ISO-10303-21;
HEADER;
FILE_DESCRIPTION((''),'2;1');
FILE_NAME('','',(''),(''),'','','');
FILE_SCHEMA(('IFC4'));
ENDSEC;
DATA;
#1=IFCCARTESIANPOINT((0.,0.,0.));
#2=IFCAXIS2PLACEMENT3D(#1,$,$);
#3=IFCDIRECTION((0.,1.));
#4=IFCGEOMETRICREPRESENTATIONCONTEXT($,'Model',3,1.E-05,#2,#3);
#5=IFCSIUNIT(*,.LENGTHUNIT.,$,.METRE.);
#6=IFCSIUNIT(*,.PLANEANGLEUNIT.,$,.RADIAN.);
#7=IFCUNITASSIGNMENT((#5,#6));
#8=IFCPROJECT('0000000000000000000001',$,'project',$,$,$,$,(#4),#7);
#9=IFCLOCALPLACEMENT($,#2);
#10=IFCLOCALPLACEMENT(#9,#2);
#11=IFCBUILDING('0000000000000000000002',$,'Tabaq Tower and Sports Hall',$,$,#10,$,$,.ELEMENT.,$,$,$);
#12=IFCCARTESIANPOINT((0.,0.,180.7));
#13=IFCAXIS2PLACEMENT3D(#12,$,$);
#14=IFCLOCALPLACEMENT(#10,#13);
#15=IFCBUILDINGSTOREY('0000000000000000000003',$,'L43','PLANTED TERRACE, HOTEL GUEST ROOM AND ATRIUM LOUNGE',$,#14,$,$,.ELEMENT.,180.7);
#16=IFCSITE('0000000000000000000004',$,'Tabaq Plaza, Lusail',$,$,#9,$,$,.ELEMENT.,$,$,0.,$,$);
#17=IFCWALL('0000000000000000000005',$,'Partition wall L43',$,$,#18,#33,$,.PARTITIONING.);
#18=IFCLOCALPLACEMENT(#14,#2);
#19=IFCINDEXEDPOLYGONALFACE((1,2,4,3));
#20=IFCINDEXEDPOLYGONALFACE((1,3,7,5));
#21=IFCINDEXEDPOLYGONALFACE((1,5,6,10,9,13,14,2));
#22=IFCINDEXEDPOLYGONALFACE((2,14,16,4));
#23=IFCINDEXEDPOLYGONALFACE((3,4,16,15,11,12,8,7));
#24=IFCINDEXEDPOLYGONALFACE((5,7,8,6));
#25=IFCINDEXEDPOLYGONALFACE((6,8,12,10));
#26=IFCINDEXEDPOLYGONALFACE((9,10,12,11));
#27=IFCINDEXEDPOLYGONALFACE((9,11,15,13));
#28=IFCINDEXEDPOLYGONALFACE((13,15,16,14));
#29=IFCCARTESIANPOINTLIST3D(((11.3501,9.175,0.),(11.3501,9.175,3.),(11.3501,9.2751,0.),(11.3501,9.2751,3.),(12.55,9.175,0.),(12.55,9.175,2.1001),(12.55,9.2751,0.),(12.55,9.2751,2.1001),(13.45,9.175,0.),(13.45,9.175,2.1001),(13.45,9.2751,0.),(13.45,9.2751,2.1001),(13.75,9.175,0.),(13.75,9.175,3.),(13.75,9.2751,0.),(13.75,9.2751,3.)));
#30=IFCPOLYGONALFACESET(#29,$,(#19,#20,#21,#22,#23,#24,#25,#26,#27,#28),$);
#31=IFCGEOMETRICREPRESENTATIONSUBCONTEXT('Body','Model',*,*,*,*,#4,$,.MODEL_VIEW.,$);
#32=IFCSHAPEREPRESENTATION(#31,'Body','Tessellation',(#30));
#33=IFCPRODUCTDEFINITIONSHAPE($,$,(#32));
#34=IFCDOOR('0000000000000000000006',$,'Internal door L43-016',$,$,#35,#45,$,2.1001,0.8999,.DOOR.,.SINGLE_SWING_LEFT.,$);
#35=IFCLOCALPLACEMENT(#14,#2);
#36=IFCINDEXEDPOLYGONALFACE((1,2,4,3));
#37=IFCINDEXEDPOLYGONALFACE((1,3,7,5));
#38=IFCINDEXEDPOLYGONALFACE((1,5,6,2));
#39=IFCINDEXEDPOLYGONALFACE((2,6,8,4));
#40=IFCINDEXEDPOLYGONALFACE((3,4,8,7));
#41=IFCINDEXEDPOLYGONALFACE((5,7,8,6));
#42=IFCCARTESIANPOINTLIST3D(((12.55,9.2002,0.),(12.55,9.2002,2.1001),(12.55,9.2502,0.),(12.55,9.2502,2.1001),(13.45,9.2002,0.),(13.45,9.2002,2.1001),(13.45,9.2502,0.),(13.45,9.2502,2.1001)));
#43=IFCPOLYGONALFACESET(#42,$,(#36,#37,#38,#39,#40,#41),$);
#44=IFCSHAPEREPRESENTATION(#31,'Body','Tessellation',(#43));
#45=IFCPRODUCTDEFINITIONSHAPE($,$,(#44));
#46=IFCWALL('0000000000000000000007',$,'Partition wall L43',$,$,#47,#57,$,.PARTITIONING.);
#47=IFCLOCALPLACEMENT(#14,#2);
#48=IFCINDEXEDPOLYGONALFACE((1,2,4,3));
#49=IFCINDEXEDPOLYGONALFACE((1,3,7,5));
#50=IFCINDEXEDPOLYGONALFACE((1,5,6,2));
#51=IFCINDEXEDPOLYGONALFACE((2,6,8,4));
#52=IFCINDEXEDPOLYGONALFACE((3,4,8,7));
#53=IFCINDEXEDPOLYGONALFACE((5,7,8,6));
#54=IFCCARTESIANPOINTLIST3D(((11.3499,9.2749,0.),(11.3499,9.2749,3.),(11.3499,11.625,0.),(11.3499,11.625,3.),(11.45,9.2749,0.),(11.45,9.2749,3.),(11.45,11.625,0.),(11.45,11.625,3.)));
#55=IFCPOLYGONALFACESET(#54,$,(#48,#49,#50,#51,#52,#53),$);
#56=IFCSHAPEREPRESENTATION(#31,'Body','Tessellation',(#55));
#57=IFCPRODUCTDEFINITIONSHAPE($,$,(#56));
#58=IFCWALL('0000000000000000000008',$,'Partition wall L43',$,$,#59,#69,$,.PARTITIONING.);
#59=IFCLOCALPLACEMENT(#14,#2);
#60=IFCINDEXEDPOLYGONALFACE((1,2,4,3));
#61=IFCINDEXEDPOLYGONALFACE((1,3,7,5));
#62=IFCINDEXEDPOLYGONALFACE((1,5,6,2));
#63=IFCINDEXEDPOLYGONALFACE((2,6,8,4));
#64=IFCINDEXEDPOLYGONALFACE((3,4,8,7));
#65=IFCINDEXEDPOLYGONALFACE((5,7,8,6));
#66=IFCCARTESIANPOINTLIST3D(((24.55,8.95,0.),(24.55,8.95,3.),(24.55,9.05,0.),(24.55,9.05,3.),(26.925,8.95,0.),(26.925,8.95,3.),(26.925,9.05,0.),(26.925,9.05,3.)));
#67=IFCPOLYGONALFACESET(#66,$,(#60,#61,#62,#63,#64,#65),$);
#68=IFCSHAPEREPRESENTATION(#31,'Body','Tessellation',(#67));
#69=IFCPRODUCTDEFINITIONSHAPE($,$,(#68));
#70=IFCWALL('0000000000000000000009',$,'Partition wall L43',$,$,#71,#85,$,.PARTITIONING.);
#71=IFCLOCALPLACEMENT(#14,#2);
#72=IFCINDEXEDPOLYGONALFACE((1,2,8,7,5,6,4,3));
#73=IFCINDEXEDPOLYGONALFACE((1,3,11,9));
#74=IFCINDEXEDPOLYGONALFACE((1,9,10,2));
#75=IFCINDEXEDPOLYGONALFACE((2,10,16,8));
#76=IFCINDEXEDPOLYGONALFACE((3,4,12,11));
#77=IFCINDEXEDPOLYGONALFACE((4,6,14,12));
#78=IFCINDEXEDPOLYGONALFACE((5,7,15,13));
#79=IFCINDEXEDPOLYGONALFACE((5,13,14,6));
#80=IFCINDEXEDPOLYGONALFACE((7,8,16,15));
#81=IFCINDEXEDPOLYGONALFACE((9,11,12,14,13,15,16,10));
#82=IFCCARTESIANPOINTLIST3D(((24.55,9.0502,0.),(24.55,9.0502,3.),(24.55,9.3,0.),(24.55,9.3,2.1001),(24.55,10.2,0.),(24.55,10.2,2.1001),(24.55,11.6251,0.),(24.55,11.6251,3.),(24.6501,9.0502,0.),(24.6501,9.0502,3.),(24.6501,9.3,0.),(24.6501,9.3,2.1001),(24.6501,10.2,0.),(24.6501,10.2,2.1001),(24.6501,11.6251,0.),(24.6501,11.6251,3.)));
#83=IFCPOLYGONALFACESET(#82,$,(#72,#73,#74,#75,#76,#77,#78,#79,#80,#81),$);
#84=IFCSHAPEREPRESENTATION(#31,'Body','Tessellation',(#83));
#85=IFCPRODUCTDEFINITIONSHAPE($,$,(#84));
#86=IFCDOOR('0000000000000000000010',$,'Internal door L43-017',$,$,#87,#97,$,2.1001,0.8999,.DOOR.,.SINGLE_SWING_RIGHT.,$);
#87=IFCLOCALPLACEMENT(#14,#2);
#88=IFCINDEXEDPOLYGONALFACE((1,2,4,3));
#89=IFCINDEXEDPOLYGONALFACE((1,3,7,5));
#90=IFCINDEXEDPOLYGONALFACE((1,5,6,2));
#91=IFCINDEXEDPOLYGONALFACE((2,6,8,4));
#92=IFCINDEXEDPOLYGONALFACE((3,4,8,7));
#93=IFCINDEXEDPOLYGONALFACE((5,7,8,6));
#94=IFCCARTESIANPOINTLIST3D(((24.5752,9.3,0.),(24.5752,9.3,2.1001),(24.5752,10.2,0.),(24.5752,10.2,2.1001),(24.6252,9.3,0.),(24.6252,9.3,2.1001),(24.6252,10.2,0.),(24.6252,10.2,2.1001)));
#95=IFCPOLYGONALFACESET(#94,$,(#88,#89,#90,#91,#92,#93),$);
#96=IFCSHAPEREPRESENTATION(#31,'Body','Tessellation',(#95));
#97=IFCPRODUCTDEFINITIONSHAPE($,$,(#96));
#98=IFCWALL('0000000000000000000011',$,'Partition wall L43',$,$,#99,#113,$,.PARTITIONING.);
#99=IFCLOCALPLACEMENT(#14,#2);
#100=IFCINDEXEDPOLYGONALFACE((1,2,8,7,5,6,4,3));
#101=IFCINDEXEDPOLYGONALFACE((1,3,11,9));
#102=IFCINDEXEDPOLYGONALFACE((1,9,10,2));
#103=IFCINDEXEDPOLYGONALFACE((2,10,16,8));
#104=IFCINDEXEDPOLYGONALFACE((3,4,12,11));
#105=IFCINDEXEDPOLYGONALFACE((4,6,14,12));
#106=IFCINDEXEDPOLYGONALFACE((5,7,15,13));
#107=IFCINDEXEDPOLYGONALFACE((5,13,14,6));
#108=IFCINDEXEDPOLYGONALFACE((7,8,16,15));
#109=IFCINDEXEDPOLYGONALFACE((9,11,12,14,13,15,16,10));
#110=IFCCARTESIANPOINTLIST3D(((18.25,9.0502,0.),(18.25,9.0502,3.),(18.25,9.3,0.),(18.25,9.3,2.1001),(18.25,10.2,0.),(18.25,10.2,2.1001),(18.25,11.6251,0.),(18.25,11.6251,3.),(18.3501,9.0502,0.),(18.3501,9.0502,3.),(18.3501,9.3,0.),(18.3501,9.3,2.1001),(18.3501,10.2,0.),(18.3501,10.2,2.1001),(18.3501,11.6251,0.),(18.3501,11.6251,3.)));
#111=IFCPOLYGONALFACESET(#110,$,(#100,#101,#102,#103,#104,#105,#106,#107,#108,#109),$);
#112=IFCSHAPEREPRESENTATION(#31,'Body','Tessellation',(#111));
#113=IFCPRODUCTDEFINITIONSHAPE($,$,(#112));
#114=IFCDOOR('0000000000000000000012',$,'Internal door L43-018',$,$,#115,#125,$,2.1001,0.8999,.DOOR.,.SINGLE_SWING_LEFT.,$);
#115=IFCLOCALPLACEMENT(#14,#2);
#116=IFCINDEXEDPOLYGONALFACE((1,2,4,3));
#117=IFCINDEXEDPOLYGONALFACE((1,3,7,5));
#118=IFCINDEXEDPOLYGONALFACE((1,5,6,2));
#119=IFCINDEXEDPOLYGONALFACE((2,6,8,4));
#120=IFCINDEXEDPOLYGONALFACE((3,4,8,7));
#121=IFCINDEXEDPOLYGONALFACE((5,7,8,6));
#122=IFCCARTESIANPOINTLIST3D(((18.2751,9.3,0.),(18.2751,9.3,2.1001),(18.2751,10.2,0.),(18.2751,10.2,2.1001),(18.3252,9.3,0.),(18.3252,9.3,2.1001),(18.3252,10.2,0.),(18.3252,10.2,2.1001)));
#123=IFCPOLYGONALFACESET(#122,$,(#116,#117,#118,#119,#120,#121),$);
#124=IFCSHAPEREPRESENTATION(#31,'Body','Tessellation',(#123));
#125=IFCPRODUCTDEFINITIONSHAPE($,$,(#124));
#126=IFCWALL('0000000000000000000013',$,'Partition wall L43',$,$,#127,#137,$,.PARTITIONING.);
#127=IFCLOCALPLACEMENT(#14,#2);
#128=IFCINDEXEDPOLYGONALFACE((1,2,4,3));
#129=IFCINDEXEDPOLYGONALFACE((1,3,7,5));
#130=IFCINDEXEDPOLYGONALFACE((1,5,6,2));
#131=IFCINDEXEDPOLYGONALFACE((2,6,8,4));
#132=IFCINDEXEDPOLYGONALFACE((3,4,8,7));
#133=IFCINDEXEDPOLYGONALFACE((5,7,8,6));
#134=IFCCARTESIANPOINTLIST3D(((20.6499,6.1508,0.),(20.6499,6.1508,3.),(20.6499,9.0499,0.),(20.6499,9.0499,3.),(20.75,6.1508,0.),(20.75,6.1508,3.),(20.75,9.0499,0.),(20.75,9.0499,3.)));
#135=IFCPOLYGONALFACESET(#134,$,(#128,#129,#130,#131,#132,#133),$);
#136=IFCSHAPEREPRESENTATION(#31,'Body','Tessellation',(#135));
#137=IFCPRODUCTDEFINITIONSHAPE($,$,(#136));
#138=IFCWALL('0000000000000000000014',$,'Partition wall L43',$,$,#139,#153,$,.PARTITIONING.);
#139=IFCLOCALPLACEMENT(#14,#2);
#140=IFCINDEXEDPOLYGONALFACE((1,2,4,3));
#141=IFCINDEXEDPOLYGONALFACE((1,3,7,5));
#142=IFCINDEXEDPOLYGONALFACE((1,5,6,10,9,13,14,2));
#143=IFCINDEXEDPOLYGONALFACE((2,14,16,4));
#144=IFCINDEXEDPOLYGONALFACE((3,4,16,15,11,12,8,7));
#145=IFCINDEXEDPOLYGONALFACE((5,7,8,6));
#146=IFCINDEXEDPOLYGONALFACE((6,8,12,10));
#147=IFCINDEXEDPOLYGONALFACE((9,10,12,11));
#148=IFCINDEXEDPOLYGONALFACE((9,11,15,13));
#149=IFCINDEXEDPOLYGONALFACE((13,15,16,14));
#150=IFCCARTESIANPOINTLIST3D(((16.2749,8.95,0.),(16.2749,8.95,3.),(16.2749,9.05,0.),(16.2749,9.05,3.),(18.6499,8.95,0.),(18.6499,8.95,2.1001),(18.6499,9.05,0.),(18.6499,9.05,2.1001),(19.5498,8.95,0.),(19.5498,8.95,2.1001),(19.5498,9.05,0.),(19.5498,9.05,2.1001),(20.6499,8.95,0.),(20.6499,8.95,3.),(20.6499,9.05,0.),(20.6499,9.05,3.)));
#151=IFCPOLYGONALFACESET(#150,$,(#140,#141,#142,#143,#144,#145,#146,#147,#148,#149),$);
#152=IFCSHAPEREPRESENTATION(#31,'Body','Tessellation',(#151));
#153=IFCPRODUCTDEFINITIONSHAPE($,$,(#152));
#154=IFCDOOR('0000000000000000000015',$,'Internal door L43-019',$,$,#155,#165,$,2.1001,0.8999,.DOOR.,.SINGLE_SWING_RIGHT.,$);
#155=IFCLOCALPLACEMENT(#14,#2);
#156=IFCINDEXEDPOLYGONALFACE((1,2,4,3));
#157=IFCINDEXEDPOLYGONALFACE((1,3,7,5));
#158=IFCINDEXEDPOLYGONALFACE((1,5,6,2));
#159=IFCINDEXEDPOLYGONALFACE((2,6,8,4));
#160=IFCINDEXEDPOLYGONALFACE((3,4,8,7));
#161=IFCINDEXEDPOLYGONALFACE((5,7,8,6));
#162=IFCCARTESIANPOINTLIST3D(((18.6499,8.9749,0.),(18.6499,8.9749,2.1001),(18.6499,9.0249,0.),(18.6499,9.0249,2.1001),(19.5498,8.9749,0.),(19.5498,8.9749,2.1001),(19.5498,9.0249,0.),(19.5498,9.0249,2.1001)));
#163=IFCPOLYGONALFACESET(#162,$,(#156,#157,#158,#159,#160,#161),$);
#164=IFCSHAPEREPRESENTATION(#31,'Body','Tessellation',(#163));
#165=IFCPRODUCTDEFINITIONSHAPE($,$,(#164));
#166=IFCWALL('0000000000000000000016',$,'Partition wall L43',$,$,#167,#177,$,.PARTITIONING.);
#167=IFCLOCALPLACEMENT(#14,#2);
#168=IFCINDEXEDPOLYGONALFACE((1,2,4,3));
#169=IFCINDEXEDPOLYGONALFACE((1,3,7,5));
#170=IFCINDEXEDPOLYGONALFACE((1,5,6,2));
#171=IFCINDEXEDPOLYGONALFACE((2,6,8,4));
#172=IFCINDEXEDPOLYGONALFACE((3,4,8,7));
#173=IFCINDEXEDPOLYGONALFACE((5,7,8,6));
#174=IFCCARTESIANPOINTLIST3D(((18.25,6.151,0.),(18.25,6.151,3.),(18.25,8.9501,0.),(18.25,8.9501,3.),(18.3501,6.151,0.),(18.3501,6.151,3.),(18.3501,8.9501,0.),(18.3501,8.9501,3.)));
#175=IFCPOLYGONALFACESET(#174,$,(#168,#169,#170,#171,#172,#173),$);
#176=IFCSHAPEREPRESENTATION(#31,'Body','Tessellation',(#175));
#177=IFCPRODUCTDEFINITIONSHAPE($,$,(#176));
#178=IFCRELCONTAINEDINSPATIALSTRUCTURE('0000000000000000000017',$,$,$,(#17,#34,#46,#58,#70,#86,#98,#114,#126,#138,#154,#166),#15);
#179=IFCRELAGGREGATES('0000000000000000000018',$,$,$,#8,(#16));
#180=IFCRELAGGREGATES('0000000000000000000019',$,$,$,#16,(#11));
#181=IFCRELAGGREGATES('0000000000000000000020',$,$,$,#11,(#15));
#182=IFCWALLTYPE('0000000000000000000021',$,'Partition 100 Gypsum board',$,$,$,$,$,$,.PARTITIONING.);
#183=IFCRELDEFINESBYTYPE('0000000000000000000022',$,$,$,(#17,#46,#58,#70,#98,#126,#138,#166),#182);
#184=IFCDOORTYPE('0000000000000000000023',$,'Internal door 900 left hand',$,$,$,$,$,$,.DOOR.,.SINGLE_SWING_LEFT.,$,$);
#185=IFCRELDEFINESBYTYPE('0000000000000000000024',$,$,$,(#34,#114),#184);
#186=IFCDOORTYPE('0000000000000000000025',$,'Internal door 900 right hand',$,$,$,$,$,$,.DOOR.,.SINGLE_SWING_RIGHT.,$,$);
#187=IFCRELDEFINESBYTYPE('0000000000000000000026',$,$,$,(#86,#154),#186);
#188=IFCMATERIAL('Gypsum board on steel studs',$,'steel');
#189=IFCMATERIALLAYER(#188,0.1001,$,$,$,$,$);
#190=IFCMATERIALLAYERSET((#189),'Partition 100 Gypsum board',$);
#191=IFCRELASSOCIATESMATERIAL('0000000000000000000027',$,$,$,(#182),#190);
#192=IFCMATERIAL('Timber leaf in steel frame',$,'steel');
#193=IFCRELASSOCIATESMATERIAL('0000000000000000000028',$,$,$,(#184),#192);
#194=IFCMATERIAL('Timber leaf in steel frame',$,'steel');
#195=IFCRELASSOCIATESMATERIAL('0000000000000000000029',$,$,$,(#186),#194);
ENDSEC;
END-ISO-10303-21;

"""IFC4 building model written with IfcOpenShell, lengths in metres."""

from ifc_helpers import new_model, si_unit, direction, frame, frame_2d, origin, place, context, subcontext, project, spatial, rectangle, extrude, material, layer, layer_set, type_object, element, fill, save


model = new_model("IFC4")

# Units and contexts
model_context = context("Model", 3, precision=1e-05, world=origin(), true_north=direction((0.0, 1.0)))
body_context = subcontext(model_context, "Body", "Model", "MODEL_VIEW")
ifc_project = project(units=[si_unit("LENGTHUNIT", "METRE"), si_unit("PLANEANGLEUNIT", "RADIAN")], contexts=[model_context])

# Site, building, storey
site_placement = place(None, origin())
site = spatial("IfcSite", under=ifc_project, at=site_placement, Name="Tabaq Plaza, Lusail", CompositionType="ELEMENT", RefElevation=0.0)
building_placement = place(site_placement, origin())
building = spatial("IfcBuilding", under=site, at=building_placement, Name="Tabaq Tower and Sports Hall", CompositionType="ELEMENT")
storey_placement = place(building_placement, frame((0.0, 0.0, 180.7)))
storey = spatial("IfcBuildingStorey", under=building, at=storey_placement, Name="L43", Description="PLANTED TERRACE, HOTEL GUEST ROOM AND ATRIUM LOUNGE", CompositionType="ELEMENT", Elevation=180.7)

# Shared definitions
ifc_material_1 = material(Name="Gypsum board on steel studs", Category="steel")
ifc_layer_1 = layer(ifc_material_1, 0.1001)
ifc_layer_set_1 = layer_set([ifc_layer_1], Name="Partition 100 Gypsum board")
wall_type_1 = type_object("IfcWallType", Name="Partition 100 Gypsum board", PredefinedType="PARTITIONING", material=ifc_layer_set_1)

# Wall, opening, door
wall_1_placement = place(storey_placement, frame((13.75, 9.2251, 0.0), z_axis=(0.0, 0.0, 1.0), x_axis=(-1.0, 0.0, 0.0)))
wall_1 = element("IfcWall", 1, at=wall_1_placement, inside=storey, type_object=wall_type_1, Name="Partition wall L43", PredefinedType="PARTITIONING", context=body_context, shape_type="SweptSolid", body=[
    extrude(rectangle(XDim=2.3999, YDim=0.1001, at=frame_2d((1.2, 0.0))), origin(), (0.0, 0.0, 1.0), 3.0),
])
opening_1_placement = place(wall_1_placement, frame((0.3, 0.0, 0.0)))
opening_1 = element("IfcOpeningElement", 2, at=opening_1_placement, cuts=wall_1, PredefinedType="OPENING", context=body_context, shape_type="SweptSolid", body=[
    extrude(rectangle(XDim=0.8999, YDim=2.1001, at=frame_2d((0.45, 1.05))), frame((0.0, 0.05, 0.0), z_axis=(0.0, -1.0, 0.0), x_axis=(1.0, 0.0, 0.0)), (0.0, 0.0, 1.0), 0.1001),
])
ifc_material_2 = material(Name="Timber leaf in steel frame", Category="steel")
door_type_1 = type_object("IfcDoorType", Name="Internal door 900 left hand", OperationType="SINGLE_SWING_LEFT", PredefinedType="DOOR", material=ifc_material_2)
door_1_placement = place(opening_1_placement, origin())
door_1 = element("IfcDoor", 3, at=door_1_placement, inside=storey, type_object=door_type_1, Name="Internal door L43-016", OperationType="SINGLE_SWING_LEFT", OverallHeight=2.1001, OverallWidth=0.8999, PredefinedType="DOOR", context=body_context, shape_type="SweptSolid", body=[
    extrude(rectangle(XDim=0.8999, YDim=2.1001, at=frame_2d((0.45, 1.05))), frame((0.0, 0.0249, 0.0), z_axis=(0.0, -1.0, 0.0), x_axis=(1.0, 0.0, 0.0)), (0.0, 0.0, 1.0), 0.05),
])
fill(opening_1, door_1)

# Walls
wall_2_placement = place(storey_placement, frame((11.3999, 9.2749, 0.0), z_axis=(0.0, 0.0, 1.0), x_axis=(0.0, 1.0, 0.0)))
element("IfcWall", 4, at=wall_2_placement, inside=storey, type_object=wall_type_1, Name="Partition wall L43", PredefinedType="PARTITIONING", context=body_context, shape_type="SweptSolid", body=[
    extrude(rectangle(XDim=2.3501, YDim=0.1001, at=frame_2d((1.175, 0.0))), origin(), (0.0, 0.0, 1.0), 3.0),
])
wall_3_placement = place(storey_placement, frame((26.925, 9.0, 0.0), z_axis=(0.0, 0.0, 1.0), x_axis=(-1.0, 0.0, 0.0)))
element("IfcWall", 5, at=wall_3_placement, inside=storey, type_object=wall_type_1, Name="Partition wall L43", PredefinedType="PARTITIONING", context=body_context, shape_type="SweptSolid", body=[
    extrude(rectangle(XDim=2.375, YDim=0.1001, at=frame_2d((1.1875, 0.0))), origin(), (0.0, 0.0, 1.0), 3.0),
])

# Walls, openings, doors
wall_4_placement = place(storey_placement, frame((24.6001, 9.05, 0.0), z_axis=(0.0, 0.0, 1.0), x_axis=(0.0, 1.0, 0.0)))
wall_4 = element("IfcWall", 6, at=wall_4_placement, inside=storey, type_object=wall_type_1, Name="Partition wall L43", PredefinedType="PARTITIONING", context=body_context, shape_type="SweptSolid", body=[
    extrude(rectangle(XDim=2.575, YDim=0.1001, at=frame_2d((1.2876, 0.0))), origin(), (0.0, 0.0, 1.0), 3.0),
])
opening_2_placement = place(wall_4_placement, frame((0.25, 0.0, 0.0)))
opening_2 = element("IfcOpeningElement", 7, at=opening_2_placement, cuts=wall_4, PredefinedType="OPENING", context=body_context, shape_type="SweptSolid", body=[
    extrude(rectangle(XDim=0.8999, YDim=2.1001, at=frame_2d((0.45, 1.05))), frame((0.0, 0.05, 0.0), z_axis=(0.0, -1.0, 0.0), x_axis=(1.0, 0.0, 0.0)), (0.0, 0.0, 1.0), 0.1001),
])
ifc_material_3 = material(Name="Timber leaf in steel frame", Category="steel")
door_type_2 = type_object("IfcDoorType", Name="Internal door 900 right hand", OperationType="SINGLE_SWING_RIGHT", PredefinedType="DOOR", material=ifc_material_3)
door_2_placement = place(opening_2_placement, origin())
door_2 = element("IfcDoor", 8, at=door_2_placement, inside=storey, type_object=door_type_2, Name="Internal door L43-017", OperationType="SINGLE_SWING_RIGHT", OverallHeight=2.1001, OverallWidth=0.8999, PredefinedType="DOOR", context=body_context, shape_type="SweptSolid", body=[
    extrude(rectangle(XDim=0.8999, YDim=2.1001, at=frame_2d((0.45, 1.05))), frame((0.0, 0.0249, 0.0), z_axis=(0.0, -1.0, 0.0), x_axis=(1.0, 0.0, 0.0)), (0.0, 0.0, 1.0), 0.05),
])
fill(opening_2, door_2)
wall_5_placement = place(storey_placement, frame((18.3, 9.05, 0.0), z_axis=(0.0, 0.0, 1.0), x_axis=(0.0, 1.0, 0.0)))
wall_5 = element("IfcWall", 9, at=wall_5_placement, inside=storey, type_object=wall_type_1, Name="Partition wall L43", PredefinedType="PARTITIONING", context=body_context, shape_type="SweptSolid", body=[
    extrude(rectangle(XDim=2.575, YDim=0.1001, at=frame_2d((1.2876, 0.0))), origin(), (0.0, 0.0, 1.0), 3.0),
])
opening_3_placement = place(wall_5_placement, frame((0.25, 0.0, 0.0)))
opening_3 = element("IfcOpeningElement", 10, at=opening_3_placement, cuts=wall_5, PredefinedType="OPENING", context=body_context, shape_type="SweptSolid", body=[
    extrude(rectangle(XDim=0.8999, YDim=2.1001, at=frame_2d((0.45, 1.05))), frame((0.0, 0.05, 0.0), z_axis=(0.0, -1.0, 0.0), x_axis=(1.0, 0.0, 0.0)), (0.0, 0.0, 1.0), 0.1001),
])
door_3_placement = place(opening_3_placement, origin())
door_3 = element("IfcDoor", 11, at=door_3_placement, inside=storey, type_object=door_type_1, Name="Internal door L43-018", OperationType="SINGLE_SWING_LEFT", OverallHeight=2.1001, OverallWidth=0.8999, PredefinedType="DOOR", context=body_context, shape_type="SweptSolid", body=[
    extrude(rectangle(XDim=0.8999, YDim=2.1001, at=frame_2d((0.45, 1.05))), frame((0.0, 0.0249, 0.0), z_axis=(0.0, -1.0, 0.0), x_axis=(1.0, 0.0, 0.0)), (0.0, 0.0, 1.0), 0.05),
])
fill(opening_3, door_3)

# Wall
wall_6_placement = place(storey_placement, frame((20.7, 9.05, 0.0), z_axis=(0.0, 0.0, 1.0), x_axis=(0.0, -1.0, 0.0)))
element("IfcWall", 12, at=wall_6_placement, inside=storey, type_object=wall_type_1, Name="Partition wall L43", PredefinedType="PARTITIONING", context=body_context, shape_type="SweptSolid", body=[
    extrude(rectangle(XDim=2.8992, YDim=0.1001, at=frame_2d((1.4497, 0.0))), origin(), (0.0, 0.0, 1.0), 3.0),
])

# Wall, opening, door
wall_7_placement = place(storey_placement, frame((16.2749, 9.0, 0.0), z_axis=(0.0, 0.0, 1.0), x_axis=(1.0, 0.0, 0.0)))
wall_7 = element("IfcWall", 13, at=wall_7_placement, inside=storey, type_object=wall_type_1, Name="Partition wall L43", PredefinedType="PARTITIONING", context=body_context, shape_type="SweptSolid", body=[
    extrude(rectangle(XDim=4.375, YDim=0.1001, at=frame_2d((2.1875, 0.0))), origin(), (0.0, 0.0, 1.0), 3.0),
])
opening_4_placement = place(wall_7_placement, frame((2.375, 0.0, 0.0)))
opening_4 = element("IfcOpeningElement", 14, at=opening_4_placement, cuts=wall_7, PredefinedType="OPENING", context=body_context, shape_type="SweptSolid", body=[
    extrude(rectangle(XDim=0.8999, YDim=2.1001, at=frame_2d((0.45, 1.05))), frame((0.0, 0.05, 0.0), z_axis=(0.0, -1.0, 0.0), x_axis=(1.0, 0.0, 0.0)), (0.0, 0.0, 1.0), 0.1001),
])
door_4_placement = place(opening_4_placement, origin())
door_4 = element("IfcDoor", 15, at=door_4_placement, inside=storey, type_object=door_type_2, Name="Internal door L43-019", OperationType="SINGLE_SWING_RIGHT", OverallHeight=2.1001, OverallWidth=0.8999, PredefinedType="DOOR", context=body_context, shape_type="SweptSolid", body=[
    extrude(rectangle(XDim=0.8999, YDim=2.1001, at=frame_2d((0.45, 1.05))), frame((0.0, 0.0249, 0.0), z_axis=(0.0, -1.0, 0.0), x_axis=(1.0, 0.0, 0.0)), (0.0, 0.0, 1.0), 0.05),
])
fill(opening_4, door_4)

# Wall
wall_8_placement = place(storey_placement, frame((18.3, 8.95, 0.0), z_axis=(0.0, 0.0, 1.0), x_axis=(0.0, -1.0, 0.0)))
element("IfcWall", 16, at=wall_8_placement, inside=storey, type_object=wall_type_1, Name="Partition wall L43", PredefinedType="PARTITIONING", context=body_context, shape_type="SweptSolid", body=[
    extrude(rectangle(XDim=2.7991, YDim=0.1001, at=frame_2d((1.3994, 0.0))), origin(), (0.0, 0.0, 1.0), 3.0),
])

save(model, "model.ifc")
